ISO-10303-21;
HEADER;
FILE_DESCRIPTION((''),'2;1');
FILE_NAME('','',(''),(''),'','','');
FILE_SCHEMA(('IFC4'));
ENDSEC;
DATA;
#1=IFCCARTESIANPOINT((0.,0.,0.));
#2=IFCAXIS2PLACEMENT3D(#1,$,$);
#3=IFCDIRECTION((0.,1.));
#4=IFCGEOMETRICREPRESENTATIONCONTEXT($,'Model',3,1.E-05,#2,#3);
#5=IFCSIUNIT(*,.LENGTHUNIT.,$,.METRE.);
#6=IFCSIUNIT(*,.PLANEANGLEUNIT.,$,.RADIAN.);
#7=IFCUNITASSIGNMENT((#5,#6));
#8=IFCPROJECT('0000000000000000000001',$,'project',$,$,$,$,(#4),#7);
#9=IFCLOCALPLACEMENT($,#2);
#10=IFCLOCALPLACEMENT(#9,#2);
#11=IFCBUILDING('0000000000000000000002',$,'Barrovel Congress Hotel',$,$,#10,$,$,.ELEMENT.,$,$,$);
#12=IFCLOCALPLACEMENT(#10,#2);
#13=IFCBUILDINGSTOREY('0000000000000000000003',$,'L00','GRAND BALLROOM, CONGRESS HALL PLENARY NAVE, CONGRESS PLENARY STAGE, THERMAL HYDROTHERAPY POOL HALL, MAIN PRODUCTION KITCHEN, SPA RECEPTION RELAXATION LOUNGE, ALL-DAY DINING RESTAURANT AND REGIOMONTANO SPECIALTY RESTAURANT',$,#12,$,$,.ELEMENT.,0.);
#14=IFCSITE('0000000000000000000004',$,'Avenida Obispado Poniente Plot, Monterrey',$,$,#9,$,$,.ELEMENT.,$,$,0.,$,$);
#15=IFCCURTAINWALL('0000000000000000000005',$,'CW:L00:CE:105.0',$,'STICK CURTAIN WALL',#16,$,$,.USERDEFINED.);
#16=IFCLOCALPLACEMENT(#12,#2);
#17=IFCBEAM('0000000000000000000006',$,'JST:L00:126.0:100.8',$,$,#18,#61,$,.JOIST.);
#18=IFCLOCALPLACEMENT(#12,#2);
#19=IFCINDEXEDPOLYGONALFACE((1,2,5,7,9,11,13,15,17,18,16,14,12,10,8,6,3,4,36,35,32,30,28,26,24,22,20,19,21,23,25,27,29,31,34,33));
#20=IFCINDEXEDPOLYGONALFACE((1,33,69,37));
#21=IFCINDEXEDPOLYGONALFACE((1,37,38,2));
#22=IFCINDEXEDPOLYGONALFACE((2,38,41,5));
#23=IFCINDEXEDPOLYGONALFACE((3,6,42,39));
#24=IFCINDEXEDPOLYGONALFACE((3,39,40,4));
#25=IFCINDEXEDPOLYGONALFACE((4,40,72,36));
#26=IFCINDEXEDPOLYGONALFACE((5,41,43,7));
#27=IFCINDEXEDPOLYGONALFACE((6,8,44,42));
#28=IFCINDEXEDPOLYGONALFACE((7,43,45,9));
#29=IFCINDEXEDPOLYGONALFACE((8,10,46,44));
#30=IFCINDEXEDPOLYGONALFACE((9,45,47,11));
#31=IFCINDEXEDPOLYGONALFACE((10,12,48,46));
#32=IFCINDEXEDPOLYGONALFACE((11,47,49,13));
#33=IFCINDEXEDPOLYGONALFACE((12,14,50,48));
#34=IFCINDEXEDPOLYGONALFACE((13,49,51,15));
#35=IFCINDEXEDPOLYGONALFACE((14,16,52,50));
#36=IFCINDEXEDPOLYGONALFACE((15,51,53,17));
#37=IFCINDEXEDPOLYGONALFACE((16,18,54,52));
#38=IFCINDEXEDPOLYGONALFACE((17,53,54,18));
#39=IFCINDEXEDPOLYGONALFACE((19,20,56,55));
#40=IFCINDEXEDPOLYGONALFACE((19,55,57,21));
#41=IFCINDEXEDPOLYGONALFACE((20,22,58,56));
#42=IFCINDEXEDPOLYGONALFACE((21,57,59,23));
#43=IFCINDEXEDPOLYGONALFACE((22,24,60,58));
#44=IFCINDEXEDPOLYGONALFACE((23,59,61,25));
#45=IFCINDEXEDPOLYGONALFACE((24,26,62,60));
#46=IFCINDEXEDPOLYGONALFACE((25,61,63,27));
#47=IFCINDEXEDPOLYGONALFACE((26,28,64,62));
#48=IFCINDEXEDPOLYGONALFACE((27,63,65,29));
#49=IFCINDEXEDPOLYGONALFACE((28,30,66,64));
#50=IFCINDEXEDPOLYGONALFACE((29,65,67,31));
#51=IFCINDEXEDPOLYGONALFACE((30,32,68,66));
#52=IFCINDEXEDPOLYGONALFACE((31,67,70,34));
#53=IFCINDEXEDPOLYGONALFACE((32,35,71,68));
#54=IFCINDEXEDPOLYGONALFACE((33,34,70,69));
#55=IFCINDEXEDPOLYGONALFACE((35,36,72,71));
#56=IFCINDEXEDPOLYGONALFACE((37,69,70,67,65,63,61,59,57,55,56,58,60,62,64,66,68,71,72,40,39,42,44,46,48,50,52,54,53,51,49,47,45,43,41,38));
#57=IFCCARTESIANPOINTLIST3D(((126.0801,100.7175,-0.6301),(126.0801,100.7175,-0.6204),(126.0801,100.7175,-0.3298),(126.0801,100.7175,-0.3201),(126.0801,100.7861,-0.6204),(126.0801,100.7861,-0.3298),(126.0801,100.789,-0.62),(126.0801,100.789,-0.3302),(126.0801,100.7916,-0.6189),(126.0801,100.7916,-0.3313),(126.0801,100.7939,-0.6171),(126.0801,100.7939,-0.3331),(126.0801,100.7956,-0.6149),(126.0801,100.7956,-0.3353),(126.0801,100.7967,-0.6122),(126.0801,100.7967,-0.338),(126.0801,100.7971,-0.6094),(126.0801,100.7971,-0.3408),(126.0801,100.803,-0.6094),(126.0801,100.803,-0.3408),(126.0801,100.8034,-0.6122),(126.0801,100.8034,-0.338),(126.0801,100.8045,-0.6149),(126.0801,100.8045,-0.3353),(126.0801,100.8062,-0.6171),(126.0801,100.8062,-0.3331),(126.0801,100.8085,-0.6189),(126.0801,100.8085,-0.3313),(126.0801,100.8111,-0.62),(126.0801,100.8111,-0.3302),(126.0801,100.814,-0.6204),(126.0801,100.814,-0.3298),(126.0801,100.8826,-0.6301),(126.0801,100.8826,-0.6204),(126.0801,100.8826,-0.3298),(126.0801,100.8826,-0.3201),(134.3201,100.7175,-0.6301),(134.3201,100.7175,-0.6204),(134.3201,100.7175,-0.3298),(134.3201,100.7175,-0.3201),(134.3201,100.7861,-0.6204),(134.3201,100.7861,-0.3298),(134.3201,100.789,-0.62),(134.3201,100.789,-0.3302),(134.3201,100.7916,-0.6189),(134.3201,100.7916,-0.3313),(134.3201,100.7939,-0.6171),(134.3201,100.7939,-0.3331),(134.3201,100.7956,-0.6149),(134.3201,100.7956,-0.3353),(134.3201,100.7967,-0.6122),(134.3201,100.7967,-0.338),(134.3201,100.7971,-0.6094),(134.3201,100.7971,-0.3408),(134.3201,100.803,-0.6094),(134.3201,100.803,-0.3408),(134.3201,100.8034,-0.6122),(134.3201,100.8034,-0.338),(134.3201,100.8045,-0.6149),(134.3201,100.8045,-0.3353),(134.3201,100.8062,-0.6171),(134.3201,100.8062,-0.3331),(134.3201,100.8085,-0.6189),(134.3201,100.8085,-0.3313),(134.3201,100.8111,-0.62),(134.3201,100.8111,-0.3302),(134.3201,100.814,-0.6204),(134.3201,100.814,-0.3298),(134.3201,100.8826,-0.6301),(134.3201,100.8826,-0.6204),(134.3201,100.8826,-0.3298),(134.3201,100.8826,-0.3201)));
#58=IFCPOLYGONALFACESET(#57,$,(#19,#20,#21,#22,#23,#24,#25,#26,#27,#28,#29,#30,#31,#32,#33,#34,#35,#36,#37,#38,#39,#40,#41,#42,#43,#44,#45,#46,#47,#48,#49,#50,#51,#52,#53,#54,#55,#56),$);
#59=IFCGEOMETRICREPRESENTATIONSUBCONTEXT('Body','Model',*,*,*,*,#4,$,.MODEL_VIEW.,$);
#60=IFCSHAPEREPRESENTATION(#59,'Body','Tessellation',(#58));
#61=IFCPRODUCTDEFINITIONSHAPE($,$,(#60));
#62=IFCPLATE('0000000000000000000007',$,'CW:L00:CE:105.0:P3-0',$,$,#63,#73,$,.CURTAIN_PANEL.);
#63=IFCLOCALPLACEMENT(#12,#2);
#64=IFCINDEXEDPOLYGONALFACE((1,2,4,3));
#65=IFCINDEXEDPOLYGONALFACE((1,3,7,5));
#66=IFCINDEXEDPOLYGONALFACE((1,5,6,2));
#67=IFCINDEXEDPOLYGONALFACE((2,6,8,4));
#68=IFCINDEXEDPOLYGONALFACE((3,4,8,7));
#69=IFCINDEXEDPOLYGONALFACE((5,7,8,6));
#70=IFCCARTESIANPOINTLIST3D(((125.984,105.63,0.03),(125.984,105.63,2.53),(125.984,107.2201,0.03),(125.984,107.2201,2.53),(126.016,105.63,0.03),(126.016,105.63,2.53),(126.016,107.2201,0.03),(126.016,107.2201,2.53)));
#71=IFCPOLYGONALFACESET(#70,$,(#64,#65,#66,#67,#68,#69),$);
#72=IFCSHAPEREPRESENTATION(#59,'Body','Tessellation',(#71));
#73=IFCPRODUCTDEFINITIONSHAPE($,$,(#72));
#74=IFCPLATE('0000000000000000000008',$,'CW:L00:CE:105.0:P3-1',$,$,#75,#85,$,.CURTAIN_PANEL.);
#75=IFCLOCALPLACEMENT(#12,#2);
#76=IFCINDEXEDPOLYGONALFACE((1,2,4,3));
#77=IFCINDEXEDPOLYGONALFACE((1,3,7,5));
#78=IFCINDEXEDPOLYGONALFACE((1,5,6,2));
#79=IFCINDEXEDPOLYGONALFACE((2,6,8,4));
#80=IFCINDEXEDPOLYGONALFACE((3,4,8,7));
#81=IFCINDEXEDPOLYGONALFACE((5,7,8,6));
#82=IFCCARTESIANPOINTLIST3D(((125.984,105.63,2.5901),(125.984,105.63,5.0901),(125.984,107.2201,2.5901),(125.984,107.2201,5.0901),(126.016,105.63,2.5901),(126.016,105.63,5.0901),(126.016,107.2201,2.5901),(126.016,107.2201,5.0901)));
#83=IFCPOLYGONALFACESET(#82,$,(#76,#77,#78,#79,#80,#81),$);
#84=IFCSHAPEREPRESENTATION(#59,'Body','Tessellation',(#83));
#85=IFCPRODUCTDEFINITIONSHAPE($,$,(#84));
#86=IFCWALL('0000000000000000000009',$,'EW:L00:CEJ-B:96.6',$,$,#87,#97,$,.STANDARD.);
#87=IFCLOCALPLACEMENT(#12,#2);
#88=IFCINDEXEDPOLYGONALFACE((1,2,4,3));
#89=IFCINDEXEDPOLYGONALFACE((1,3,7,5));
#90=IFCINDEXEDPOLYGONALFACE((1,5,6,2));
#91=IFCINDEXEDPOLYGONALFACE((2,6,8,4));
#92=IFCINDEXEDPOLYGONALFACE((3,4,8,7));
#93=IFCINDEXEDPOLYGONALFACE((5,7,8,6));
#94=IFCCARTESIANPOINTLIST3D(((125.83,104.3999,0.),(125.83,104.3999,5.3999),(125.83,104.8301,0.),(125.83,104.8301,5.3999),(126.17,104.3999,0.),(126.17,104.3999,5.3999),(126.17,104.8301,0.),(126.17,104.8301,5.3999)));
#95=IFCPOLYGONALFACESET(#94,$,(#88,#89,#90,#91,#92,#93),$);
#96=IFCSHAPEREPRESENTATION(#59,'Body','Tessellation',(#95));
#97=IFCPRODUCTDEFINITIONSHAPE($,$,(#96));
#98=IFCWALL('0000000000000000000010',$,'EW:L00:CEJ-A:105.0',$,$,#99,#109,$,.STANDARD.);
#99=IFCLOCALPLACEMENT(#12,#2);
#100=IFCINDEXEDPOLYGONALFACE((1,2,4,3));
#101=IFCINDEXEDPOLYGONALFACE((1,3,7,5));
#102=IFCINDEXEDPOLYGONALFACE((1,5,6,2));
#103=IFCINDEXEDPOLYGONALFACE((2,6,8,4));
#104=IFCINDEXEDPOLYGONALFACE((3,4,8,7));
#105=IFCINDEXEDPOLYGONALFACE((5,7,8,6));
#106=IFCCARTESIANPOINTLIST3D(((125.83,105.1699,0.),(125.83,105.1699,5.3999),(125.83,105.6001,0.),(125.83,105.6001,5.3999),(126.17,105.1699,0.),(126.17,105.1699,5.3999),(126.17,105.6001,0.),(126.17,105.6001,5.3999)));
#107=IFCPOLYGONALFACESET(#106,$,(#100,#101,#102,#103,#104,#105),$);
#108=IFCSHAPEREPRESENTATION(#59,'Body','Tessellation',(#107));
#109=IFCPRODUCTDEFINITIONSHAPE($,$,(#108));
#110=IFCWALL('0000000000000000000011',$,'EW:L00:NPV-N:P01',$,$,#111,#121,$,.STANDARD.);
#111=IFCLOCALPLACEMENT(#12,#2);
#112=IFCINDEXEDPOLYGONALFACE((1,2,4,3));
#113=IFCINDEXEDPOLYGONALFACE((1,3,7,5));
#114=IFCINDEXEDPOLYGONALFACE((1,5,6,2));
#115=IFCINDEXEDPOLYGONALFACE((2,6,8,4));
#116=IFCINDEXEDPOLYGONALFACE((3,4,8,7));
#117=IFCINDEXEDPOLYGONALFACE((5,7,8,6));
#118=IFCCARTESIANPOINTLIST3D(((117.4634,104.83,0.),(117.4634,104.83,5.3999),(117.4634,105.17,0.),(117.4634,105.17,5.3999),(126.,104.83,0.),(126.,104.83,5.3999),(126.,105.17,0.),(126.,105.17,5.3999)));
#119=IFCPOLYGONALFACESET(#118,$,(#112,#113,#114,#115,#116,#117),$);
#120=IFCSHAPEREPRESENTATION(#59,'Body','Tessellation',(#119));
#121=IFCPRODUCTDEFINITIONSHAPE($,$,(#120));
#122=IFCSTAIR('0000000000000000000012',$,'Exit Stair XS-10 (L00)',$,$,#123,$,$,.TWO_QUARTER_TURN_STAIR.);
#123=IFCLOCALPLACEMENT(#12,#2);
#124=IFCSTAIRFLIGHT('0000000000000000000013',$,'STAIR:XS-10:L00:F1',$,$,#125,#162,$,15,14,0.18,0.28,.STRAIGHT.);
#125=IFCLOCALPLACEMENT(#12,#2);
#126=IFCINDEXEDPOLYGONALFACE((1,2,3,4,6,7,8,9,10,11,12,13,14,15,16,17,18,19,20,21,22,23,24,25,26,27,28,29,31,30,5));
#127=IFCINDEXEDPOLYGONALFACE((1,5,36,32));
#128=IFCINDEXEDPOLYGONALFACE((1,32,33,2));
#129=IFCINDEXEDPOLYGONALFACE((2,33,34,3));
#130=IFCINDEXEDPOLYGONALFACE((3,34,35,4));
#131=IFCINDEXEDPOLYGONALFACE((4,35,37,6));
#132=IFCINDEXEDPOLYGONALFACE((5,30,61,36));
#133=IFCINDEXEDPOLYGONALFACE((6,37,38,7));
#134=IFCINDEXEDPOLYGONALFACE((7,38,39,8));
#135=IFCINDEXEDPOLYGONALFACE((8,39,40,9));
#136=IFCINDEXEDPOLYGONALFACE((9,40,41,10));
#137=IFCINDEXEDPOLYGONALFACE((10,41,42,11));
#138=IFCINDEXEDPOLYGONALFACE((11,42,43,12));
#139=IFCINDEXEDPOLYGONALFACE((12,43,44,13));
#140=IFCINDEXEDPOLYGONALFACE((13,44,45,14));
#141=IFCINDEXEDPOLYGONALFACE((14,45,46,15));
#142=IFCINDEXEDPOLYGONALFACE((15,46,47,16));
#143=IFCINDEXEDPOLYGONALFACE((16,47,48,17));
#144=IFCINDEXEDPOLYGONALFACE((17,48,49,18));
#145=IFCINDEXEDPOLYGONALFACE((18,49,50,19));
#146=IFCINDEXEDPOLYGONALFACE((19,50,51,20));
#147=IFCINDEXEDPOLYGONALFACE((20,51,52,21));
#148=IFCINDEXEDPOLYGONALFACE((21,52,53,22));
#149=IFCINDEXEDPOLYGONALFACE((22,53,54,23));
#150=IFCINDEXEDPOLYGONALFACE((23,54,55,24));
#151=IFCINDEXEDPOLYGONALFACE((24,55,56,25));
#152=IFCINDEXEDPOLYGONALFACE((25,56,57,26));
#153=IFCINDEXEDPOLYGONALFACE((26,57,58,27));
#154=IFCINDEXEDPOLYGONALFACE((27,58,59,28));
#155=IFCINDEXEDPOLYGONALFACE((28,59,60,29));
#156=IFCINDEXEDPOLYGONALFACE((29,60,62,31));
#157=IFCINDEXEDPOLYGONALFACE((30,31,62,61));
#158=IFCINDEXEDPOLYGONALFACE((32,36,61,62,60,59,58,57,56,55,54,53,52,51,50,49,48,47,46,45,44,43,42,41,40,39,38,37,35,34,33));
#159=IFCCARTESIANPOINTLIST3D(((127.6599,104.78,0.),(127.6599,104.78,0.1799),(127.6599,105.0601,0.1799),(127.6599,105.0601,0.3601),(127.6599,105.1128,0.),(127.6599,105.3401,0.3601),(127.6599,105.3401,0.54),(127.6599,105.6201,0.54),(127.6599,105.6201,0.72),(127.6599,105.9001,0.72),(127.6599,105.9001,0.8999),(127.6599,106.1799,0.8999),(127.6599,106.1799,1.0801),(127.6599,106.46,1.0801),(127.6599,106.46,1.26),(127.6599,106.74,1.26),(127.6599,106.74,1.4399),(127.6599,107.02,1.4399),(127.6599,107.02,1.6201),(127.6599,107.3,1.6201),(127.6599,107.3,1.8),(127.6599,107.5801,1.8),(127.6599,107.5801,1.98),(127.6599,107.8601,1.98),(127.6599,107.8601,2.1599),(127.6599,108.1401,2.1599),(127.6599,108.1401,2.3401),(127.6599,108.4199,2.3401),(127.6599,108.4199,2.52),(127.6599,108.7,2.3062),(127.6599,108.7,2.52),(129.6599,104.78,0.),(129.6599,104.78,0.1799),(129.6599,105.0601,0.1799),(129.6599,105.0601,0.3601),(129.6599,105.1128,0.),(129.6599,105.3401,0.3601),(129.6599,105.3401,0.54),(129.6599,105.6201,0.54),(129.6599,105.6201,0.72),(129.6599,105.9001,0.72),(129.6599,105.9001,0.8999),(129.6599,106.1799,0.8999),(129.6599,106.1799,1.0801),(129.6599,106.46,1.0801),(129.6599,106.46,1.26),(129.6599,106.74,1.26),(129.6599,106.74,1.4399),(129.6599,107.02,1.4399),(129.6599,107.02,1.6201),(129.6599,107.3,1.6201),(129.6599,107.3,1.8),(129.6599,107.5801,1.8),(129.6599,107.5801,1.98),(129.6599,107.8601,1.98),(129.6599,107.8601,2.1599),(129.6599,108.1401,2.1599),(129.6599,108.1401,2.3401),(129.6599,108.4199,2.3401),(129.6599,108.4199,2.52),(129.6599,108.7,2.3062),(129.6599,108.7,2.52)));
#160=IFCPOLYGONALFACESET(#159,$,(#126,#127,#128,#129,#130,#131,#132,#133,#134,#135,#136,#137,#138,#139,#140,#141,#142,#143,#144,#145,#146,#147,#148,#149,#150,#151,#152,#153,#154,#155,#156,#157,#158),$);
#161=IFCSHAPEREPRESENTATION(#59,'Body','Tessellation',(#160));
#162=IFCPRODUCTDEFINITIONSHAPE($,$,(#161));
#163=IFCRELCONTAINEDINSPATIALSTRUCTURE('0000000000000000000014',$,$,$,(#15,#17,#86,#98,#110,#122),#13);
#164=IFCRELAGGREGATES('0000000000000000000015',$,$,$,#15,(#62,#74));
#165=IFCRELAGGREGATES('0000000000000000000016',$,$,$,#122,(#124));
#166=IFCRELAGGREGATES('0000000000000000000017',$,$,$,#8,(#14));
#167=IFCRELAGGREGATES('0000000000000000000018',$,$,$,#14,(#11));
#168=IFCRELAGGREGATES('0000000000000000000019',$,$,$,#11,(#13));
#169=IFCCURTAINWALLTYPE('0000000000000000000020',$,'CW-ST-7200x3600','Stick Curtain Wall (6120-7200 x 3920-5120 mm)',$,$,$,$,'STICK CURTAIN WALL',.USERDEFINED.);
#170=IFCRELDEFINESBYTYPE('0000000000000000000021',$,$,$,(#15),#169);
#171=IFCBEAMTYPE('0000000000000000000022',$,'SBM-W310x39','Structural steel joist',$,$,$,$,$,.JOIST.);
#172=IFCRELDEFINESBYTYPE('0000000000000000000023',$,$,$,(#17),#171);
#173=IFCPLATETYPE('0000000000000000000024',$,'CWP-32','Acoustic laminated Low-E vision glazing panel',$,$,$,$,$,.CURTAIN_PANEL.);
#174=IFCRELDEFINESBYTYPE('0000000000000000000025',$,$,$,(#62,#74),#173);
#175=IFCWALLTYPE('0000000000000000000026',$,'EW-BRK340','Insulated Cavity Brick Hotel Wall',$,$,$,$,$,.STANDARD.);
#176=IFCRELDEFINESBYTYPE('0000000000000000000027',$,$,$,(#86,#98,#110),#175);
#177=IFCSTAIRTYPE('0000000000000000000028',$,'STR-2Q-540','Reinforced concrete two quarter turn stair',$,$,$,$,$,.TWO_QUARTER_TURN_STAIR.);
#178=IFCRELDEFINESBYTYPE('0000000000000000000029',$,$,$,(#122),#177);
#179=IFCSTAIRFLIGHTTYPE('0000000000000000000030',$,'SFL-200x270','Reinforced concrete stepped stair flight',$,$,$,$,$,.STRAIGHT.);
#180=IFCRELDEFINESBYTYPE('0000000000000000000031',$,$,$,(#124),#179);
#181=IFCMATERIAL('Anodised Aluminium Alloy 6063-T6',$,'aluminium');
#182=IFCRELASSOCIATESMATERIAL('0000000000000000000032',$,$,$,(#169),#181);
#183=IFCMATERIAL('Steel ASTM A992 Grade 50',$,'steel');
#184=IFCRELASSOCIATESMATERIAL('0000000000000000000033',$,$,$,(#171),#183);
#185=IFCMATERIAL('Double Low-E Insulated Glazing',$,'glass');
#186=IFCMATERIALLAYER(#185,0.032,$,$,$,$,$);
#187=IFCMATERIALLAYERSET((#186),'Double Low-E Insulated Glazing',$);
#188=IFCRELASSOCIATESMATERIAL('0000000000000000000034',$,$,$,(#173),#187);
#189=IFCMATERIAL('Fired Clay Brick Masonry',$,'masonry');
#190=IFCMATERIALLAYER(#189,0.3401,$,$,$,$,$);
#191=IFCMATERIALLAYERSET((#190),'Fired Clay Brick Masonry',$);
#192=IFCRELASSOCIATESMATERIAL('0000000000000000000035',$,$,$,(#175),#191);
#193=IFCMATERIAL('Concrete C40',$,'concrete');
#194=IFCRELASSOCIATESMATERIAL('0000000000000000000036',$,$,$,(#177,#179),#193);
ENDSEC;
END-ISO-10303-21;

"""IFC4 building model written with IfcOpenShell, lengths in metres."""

from ifc_helpers import new_model, si_unit, direction, frame, frame_2d, origin, origin_2d, place, context, subcontext, project, spatial, polyline, rectangle, i_section, outline, extrude, material, layer, layer_set, material_profile, profile_set, type_object, element, aggregate, save


model = new_model("IFC4")

# Units and contexts
model_context = context("Model", 3, precision=1e-05, world=origin(), true_north=direction((0.0, 1.0)))
body_context = subcontext(model_context, "Body", "Model", "MODEL_VIEW")
ifc_project = project(units=[si_unit("LENGTHUNIT", "METRE"), si_unit("PLANEANGLEUNIT", "RADIAN")], contexts=[model_context])

# Site, building, storey
site_placement = place(None, origin())
site = spatial("IfcSite", under=ifc_project, at=site_placement, Name="Avenida Obispado Poniente Plot, Monterrey", CompositionType="ELEMENT", RefElevation=0.0)
building_placement = place(site_placement, origin())
building = spatial("IfcBuilding", under=site, at=building_placement, Name="Barrovel Congress Hotel", CompositionType="ELEMENT")
storey_placement = place(building_placement, origin())
storey = spatial("IfcBuildingStorey", under=building, at=storey_placement, Name="L00", Description="GRAND BALLROOM, CONGRESS HALL PLENARY NAVE, CONGRESS PLENARY STAGE, THERMAL HYDROTHERAPY POOL HALL, MAIN PRODUCTION KITCHEN, SPA RECEPTION RELAXATION LOUNGE, ALL-DAY DINING RESTAURANT AND REGIOMONTANO SPECIALTY RESTAURANT", CompositionType="ELEMENT", Elevation=0.0)

# Shared definitions
ifc_material_1 = material(Name="Concrete C40", Category="concrete")

# Curtain wall
ifc_material_2 = material(Name="Anodised Aluminium Alloy 6063-T6", Category="aluminium")
curtain_wall_type = type_object("IfcCurtainWallType", Name="CW-ST-7200x3600", Description="Stick Curtain Wall (6120-7200 x 3920-5120 mm)", ElementType="STICK CURTAIN WALL", PredefinedType="USERDEFINED", material=ifc_material_2)
curtain_wall_1_placement = place(storey_placement, origin())
curtain_wall_1 = element("IfcCurtainWall", 1, at=curtain_wall_1_placement, inside=storey, type_object=curtain_wall_type, Name="CW:L00:CE:105.0", ObjectType="STICK CURTAIN WALL", PredefinedType="USERDEFINED")

# Beam
ifc_material_3 = material(Name="Steel ASTM A992 Grade 50", Category="steel")
ifc_material_profile_1 = material_profile(ifc_material_3, i_section(OverallWidth=0.165, OverallDepth=0.3101, WebThickness=0.0059, FlangeThickness=0.0098, FilletRadius=0.011, at=origin_2d()), Name="W310x39")
ifc_profile_set_1 = profile_set([ifc_material_profile_1], Name="Steel ASTM A992 Grade 50")
beam_type_1 = type_object("IfcBeamType", Name="SBM-W310x39", Description="Structural steel joist", PredefinedType="JOIST", material=ifc_profile_set_1)
beam_1_placement = place(storey_placement, frame((126.0801, 100.8, -0.4751), z_axis=(1.0, 0.0, 0.0), x_axis=(0.0, 1.0, 0.0)))
element("IfcBeam", 2, at=beam_1_placement, inside=storey, type_object=beam_type_1, Name="JST:L00:126.0:100.8", PredefinedType="JOIST", context=body_context, shape_type="SweptSolid", body=[
    extrude(i_section(OverallWidth=0.165, OverallDepth=0.3101, WebThickness=0.0059, FlangeThickness=0.0098, FilletRadius=0.011, at=origin_2d()), origin(), (0.0, 0.0, 1.0), 8.24),
])

# Plates
ifc_material_4 = material(Name="Double Low-E Insulated Glazing", Category="glass")
ifc_layer_1 = layer(ifc_material_4, 0.032)
ifc_layer_set_1 = layer_set([ifc_layer_1], Name="Double Low-E Insulated Glazing")
plate_type = type_object("IfcPlateType", Name="CWP-32", Description="Acoustic laminated Low-E vision glazing panel", PredefinedType="CURTAIN_PANEL", material=ifc_layer_set_1)
plate_1_placement = place(storey_placement, frame((126.0, 106.425, 0.03), z_axis=(0.0, 0.0, 1.0), x_axis=(0.0, -1.0, 0.0)))
plate_1 = element("IfcPlate", 3, at=plate_1_placement, type_object=plate_type, Name="CW:L00:CE:105.0:P3-0", PredefinedType="CURTAIN_PANEL", context=body_context, shape_type="SweptSolid", body=[
    extrude(rectangle(XDim=1.5901, YDim=0.032, at=origin_2d()), origin(), (0.0, 0.0, 1.0), 2.5),
])
plate_2_placement = place(storey_placement, frame((126.0, 106.425, 2.5901), z_axis=(0.0, 0.0, 1.0), x_axis=(0.0, -1.0, 0.0)))
plate_2 = element("IfcPlate", 4, at=plate_2_placement, type_object=plate_type, Name="CW:L00:CE:105.0:P3-1", PredefinedType="CURTAIN_PANEL", context=body_context, shape_type="SweptSolid", body=[
    extrude(rectangle(XDim=1.5901, YDim=0.032, at=origin_2d()), origin(), (0.0, 0.0, 1.0), 2.5),
])
aggregate(curtain_wall_1, [plate_1, plate_2])

# Walls
ifc_material_5 = material(Name="Fired Clay Brick Masonry", Category="masonry")
ifc_layer_2 = layer(ifc_material_5, 0.3401)
ifc_layer_set_2 = layer_set([ifc_layer_2], Name="Fired Clay Brick Masonry")
wall_type_1 = type_object("IfcWallType", Name="EW-BRK340", Description="Insulated Cavity Brick Hotel Wall", PredefinedType="STANDARD", material=ifc_layer_set_2)
for number, where, z_axis, x_axis, name in (
    (5, (126.0, 104.8301, 0.0), (0.0, 0.0, 1.0), (0.0, -1.0, 0.0), "EW:L00:CEJ-B:96.6"),
    (6, (126.0, 105.6001, 0.0), (0.0, 0.0, 1.0), (0.0, -1.0, 0.0), "EW:L00:CEJ-A:105.0"),
):
    element("IfcWall", number, at=place(storey_placement, frame(where, z_axis=z_axis, x_axis=x_axis)), inside=storey, type_object=wall_type_1, Name=name, PredefinedType="STANDARD", context=body_context, shape_type="SweptSolid", body=[
        extrude(rectangle(XDim=0.4302, YDim=0.3401, at=frame_2d((0.2151, 0.0))), origin(), (0.0, 0.0, 1.0), 5.3999),
    ])
wall_1_placement = place(storey_placement, frame((126.0, 105.0, 0.0), z_axis=(0.0, 0.0, 1.0), x_axis=(-1.0, 0.0, 0.0)))
element("IfcWall", 7, at=wall_1_placement, inside=storey, type_object=wall_type_1, Name="EW:L00:NPV-N:P01", PredefinedType="STANDARD", context=body_context, shape_type="SweptSolid", body=[
    extrude(rectangle(XDim=8.5366, YDim=0.3401, at=frame_2d((4.2683, 0.0))), origin(), (0.0, 0.0, 1.0), 5.3999),
])

# Stair, stair flight
stair_type = type_object("IfcStairType", Name="STR-2Q-540", Description="Reinforced concrete two quarter turn stair", PredefinedType="TWO_QUARTER_TURN_STAIR", material=ifc_material_1)
stair_placement = place(storey_placement, origin())
stair = element("IfcStair", 8, at=stair_placement, inside=storey, type_object=stair_type, Name="Exit Stair XS-10 (L00)", PredefinedType="TWO_QUARTER_TURN_STAIR")
stair_flight_type = type_object("IfcStairFlightType", Name="SFL-200x270", Description="Reinforced concrete stepped stair flight", PredefinedType="STRAIGHT", material=ifc_material_1)
stair_flight_placement = place(storey_placement, frame((128.6599, 104.78, 0.0), z_axis=(0.0, 0.0, 1.0), x_axis=(0.0, 1.0, 0.0)))
stair_flight = element("IfcStairFlight", 9, at=stair_flight_placement, type_object=stair_flight_type, Name="STAIR:XS-10:L00:F1", NumberOfRisers=15, NumberOfTreads=14, PredefinedType="STRAIGHT", RiserHeight=0.18, TreadLength=0.28, context=body_context, shape_type="SweptSolid", body=[
    extrude(outline(polyline([(0.0, 0.0), (0.0, 0.1799), (0.28, 0.1799), (0.28, 0.3601), (0.5601, 0.3601), (0.5601, 0.54), (0.8401, 0.54), (0.8401, 0.72), (1.1201, 0.72), (1.1201, 0.8999), (1.3999, 0.8999), (1.3999, 1.0801), (1.6799, 1.0801), (1.6799, 1.26), (1.96, 1.26), (1.96, 1.4399), (2.24, 1.4399), (2.24, 1.6201), (2.52, 1.6201), (2.52, 1.8), (2.8, 1.8), (2.8, 1.98), (3.0801, 1.98), (3.0801, 2.1599), (3.3601, 2.1599), (3.3601, 2.3401), (3.6399, 2.3401), (3.6399, 2.52), (3.9199, 2.52), (3.9199, 2.7), (3.9199, 2.3062), (0.3328, 0.0), (0.0, 0.0)])), frame((0.0, 1.0, 0.0), z_axis=(0.0, -1.0, 0.0), x_axis=(1.0, 0.0, 0.0)), (0.0, 0.0, 1.0), 2.0),
])
aggregate(stair, [stair_flight])

save(model, "model.ifc")
